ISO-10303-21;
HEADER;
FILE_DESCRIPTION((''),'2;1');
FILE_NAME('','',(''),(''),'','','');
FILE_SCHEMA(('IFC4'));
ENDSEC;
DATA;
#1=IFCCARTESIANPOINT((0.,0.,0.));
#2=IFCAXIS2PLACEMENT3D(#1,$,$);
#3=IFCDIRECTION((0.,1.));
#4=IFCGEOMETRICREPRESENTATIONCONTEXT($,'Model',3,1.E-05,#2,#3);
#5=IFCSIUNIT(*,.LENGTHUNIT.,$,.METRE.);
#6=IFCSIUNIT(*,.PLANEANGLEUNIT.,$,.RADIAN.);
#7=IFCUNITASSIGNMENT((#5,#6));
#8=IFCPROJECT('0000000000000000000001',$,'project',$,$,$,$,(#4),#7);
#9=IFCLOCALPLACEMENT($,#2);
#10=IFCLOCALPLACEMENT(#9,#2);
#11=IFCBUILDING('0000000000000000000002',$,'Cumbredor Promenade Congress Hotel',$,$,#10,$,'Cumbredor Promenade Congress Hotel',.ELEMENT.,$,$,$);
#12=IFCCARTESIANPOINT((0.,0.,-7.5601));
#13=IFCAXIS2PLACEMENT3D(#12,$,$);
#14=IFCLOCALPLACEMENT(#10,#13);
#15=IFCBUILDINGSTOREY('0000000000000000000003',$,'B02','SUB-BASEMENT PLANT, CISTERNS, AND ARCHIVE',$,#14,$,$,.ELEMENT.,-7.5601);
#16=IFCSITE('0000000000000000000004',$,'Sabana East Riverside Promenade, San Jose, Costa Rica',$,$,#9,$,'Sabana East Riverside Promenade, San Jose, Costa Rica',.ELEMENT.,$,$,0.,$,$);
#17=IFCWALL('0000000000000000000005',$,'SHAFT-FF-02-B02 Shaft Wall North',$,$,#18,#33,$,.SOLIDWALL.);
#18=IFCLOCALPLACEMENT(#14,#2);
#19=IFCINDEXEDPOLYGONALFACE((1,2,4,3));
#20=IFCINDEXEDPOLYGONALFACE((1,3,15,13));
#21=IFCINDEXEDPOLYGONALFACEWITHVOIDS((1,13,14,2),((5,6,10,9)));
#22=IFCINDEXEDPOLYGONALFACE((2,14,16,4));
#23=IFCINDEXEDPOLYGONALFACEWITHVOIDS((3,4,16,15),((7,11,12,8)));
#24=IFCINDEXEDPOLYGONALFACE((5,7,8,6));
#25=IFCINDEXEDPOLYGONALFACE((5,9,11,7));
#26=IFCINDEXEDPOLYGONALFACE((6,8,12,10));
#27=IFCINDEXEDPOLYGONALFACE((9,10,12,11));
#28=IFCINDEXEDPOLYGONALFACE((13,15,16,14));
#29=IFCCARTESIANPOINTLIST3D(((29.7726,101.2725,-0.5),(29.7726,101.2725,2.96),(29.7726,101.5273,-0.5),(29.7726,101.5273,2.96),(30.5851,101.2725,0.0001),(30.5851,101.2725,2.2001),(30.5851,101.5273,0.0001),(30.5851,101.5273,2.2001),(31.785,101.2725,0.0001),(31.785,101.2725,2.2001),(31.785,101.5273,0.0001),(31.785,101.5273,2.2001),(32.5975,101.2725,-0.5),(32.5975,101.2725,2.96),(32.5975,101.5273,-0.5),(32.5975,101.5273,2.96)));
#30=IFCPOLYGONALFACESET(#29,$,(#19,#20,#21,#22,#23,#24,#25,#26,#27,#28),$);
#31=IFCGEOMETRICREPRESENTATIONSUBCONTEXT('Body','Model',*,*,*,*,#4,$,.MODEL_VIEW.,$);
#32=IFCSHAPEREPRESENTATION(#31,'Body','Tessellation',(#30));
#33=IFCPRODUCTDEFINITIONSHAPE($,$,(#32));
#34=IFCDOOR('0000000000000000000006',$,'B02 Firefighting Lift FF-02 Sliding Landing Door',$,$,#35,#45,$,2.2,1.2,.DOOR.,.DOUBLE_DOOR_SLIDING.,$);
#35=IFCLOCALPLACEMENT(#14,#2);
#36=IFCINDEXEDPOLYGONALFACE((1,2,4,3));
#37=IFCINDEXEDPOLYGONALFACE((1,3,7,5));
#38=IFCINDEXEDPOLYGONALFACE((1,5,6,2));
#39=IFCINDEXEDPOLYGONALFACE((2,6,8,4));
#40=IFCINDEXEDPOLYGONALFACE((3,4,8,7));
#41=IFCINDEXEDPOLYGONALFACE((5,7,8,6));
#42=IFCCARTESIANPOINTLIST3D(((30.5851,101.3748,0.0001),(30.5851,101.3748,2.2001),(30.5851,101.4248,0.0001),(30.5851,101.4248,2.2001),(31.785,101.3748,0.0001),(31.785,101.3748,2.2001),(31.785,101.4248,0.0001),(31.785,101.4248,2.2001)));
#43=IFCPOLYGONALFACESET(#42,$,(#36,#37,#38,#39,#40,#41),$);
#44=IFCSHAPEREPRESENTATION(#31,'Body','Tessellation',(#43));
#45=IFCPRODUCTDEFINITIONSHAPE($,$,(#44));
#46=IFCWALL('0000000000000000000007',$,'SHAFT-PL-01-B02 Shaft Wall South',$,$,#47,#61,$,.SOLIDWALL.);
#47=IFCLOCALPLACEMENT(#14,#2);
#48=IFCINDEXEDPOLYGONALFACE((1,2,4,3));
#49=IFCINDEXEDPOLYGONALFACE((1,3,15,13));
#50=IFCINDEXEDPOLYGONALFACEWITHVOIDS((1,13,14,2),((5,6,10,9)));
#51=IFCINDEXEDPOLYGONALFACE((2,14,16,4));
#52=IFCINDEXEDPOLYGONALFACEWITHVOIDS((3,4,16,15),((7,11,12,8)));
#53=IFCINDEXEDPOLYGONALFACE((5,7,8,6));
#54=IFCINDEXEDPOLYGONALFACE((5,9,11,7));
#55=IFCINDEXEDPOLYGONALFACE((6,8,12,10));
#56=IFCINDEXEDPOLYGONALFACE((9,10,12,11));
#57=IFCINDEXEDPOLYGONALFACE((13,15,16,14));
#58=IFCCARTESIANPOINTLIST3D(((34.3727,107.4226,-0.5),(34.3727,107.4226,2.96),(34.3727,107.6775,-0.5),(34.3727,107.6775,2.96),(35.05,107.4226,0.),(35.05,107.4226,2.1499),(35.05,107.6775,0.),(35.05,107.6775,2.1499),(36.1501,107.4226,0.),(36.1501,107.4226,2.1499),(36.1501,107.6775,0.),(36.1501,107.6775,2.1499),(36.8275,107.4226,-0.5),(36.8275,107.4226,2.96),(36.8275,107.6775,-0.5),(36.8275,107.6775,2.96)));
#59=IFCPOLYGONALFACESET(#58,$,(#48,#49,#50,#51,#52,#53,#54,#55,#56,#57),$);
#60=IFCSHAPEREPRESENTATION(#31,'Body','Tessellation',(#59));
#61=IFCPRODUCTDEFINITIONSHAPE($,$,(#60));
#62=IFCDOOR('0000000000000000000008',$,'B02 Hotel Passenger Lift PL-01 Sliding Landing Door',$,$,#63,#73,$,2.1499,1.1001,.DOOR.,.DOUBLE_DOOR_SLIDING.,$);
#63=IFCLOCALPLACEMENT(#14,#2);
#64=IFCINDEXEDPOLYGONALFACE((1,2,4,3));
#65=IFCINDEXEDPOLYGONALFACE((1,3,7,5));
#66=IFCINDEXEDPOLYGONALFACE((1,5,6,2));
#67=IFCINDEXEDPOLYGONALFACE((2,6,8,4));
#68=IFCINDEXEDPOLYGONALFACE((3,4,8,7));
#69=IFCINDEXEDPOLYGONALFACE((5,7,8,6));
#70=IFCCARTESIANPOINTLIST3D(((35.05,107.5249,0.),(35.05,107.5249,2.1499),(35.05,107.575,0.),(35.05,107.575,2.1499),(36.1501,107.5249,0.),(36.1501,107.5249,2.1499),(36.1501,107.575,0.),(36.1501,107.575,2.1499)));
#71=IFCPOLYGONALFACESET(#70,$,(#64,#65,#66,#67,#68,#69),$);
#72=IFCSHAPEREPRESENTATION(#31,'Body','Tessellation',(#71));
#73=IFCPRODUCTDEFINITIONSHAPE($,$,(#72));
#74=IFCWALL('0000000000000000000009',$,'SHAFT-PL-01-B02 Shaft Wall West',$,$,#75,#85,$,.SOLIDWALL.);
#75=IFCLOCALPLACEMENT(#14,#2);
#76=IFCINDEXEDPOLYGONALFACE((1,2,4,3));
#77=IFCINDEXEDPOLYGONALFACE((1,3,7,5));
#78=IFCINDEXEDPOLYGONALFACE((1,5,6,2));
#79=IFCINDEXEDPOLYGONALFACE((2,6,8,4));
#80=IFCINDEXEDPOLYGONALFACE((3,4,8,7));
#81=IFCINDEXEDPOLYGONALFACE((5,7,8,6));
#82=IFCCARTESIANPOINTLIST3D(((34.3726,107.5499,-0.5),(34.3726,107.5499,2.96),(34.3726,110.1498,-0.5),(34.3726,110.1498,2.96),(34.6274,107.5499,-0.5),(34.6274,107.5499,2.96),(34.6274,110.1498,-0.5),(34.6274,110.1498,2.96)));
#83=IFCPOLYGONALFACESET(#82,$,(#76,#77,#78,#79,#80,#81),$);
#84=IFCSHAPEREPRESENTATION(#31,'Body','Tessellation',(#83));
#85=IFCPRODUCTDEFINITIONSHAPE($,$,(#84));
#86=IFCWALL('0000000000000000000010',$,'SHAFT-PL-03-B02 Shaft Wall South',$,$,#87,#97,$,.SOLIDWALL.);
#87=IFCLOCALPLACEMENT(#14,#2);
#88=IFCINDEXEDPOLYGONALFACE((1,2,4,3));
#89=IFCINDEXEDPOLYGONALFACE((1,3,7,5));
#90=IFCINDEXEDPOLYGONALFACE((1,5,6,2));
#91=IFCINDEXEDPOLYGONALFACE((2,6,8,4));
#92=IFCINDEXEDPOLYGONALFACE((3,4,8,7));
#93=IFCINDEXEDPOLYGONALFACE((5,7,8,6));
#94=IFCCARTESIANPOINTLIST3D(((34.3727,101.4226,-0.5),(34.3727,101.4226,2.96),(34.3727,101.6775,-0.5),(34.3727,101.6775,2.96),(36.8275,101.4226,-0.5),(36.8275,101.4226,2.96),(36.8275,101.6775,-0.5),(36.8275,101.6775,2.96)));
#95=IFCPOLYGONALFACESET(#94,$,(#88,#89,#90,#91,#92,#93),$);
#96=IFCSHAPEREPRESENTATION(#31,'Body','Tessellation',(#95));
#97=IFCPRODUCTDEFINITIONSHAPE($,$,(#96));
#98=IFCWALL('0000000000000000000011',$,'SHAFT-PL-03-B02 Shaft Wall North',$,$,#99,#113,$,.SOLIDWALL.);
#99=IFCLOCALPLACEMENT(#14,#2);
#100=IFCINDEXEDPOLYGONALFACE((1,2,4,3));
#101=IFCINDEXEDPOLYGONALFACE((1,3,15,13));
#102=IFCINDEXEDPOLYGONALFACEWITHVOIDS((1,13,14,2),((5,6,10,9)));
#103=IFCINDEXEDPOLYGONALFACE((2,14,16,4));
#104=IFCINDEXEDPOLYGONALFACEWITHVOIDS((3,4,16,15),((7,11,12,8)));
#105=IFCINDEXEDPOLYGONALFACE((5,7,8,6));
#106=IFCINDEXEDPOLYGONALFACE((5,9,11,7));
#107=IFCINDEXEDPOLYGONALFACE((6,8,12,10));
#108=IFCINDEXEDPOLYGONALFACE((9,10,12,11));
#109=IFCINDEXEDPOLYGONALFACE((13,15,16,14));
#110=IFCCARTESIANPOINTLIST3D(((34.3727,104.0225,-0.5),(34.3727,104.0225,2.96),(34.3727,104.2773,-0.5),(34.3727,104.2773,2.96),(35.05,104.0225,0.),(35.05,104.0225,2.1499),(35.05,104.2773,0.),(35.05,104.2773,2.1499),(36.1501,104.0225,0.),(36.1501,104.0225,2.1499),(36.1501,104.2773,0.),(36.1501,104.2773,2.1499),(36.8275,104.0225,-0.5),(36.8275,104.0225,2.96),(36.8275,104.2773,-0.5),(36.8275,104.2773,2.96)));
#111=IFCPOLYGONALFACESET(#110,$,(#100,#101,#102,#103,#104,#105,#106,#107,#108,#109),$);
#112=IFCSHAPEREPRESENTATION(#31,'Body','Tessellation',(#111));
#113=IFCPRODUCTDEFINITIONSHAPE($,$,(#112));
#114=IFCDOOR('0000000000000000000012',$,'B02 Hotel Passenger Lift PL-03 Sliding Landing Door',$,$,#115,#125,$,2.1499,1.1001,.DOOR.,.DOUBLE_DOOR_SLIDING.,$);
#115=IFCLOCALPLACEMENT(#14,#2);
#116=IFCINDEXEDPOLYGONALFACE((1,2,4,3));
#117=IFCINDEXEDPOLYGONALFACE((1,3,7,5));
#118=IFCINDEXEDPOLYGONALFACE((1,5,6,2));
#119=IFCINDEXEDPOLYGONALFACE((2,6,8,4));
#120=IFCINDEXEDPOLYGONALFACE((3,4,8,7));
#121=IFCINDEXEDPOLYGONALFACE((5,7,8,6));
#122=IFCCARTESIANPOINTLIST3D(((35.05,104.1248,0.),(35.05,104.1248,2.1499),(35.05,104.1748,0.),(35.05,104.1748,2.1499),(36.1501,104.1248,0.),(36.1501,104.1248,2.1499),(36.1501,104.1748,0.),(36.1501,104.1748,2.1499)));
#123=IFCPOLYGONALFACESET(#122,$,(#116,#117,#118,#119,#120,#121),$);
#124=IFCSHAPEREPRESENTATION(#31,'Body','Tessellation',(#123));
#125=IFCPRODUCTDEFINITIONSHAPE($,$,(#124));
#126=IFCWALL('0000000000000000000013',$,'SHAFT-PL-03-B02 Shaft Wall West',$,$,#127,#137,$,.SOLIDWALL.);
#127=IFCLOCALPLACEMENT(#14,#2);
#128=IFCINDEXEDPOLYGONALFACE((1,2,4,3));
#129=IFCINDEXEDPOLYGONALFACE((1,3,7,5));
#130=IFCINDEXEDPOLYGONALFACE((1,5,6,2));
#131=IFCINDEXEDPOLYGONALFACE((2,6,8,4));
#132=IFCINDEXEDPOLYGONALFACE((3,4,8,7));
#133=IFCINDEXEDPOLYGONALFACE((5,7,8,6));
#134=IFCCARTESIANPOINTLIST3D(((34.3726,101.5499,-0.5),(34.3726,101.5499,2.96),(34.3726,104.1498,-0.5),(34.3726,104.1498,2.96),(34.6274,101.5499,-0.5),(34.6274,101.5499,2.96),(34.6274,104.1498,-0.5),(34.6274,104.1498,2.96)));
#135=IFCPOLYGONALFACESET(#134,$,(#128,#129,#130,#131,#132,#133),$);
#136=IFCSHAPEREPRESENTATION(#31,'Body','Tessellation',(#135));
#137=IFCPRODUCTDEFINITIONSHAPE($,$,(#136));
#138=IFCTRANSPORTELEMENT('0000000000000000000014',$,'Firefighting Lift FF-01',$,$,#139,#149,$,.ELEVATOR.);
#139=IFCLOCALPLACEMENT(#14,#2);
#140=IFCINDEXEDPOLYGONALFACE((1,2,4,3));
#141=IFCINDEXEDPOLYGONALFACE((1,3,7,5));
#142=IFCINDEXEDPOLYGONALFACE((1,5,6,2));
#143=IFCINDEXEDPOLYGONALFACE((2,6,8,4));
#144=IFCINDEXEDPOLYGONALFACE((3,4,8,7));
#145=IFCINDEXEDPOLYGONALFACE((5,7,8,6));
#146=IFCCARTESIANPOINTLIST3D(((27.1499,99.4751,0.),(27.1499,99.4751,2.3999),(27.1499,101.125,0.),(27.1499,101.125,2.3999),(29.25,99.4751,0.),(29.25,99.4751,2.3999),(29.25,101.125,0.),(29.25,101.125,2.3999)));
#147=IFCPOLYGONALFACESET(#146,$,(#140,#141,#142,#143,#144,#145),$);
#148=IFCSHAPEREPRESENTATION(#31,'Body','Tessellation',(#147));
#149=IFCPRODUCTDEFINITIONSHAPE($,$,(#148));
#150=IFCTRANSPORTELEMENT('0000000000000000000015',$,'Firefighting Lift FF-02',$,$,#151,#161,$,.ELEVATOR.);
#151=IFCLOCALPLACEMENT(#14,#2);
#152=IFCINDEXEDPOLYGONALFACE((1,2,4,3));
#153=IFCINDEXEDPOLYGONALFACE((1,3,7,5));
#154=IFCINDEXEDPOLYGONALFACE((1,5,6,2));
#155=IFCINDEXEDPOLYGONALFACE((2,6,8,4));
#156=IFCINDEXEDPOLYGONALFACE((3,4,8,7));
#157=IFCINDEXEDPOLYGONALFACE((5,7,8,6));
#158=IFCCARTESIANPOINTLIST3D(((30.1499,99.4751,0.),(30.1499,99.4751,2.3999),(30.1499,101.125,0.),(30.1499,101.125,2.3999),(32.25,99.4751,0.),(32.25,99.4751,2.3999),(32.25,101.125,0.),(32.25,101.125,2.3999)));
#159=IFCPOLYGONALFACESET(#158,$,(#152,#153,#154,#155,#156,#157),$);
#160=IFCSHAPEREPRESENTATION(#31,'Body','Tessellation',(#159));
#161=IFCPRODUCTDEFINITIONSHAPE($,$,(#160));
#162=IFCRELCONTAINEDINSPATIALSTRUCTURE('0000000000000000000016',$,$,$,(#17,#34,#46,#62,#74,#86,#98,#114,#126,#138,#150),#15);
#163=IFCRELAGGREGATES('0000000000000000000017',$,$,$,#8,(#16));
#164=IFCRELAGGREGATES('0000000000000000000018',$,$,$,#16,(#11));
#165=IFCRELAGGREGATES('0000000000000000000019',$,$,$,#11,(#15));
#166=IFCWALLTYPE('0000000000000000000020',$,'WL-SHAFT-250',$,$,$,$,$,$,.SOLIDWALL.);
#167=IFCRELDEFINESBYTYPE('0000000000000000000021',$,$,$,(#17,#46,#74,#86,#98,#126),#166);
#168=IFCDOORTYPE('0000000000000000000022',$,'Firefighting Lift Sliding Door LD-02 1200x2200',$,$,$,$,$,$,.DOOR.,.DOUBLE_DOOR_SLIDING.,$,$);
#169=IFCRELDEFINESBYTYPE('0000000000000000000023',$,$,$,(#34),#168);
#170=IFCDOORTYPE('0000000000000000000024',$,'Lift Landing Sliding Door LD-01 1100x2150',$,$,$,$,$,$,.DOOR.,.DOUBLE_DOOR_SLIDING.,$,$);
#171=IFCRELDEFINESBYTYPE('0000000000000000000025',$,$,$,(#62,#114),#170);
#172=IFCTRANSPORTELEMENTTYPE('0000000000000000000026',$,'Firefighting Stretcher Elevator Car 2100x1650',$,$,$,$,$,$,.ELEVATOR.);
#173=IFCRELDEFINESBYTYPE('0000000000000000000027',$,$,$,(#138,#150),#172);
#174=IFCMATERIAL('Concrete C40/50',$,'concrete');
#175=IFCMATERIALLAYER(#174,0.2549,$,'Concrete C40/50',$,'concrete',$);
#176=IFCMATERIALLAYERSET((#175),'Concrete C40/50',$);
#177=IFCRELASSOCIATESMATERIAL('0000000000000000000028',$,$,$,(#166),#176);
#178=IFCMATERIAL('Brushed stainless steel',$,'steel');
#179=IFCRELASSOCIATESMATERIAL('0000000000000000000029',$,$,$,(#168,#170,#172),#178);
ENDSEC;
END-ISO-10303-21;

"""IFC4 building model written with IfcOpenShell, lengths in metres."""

from ifc_helpers import new_model, si_unit, direction, frame, frame_2d, origin, origin_2d, place, context, subcontext, project, spatial, rectangle, extrude, material, layer, layer_set, type_object, element, fill, save


model = new_model("IFC4")

# Units and contexts
model_context = context("Model", 3, precision=1e-05, world=origin(), true_north=direction((0.0, 1.0)))
body_context = subcontext(model_context, "Body", "Model", "MODEL_VIEW")
ifc_project = project(units=[si_unit("LENGTHUNIT", "METRE"), si_unit("PLANEANGLEUNIT", "RADIAN")], contexts=[model_context])

# Site, building, storey
site_placement = place(None, origin())
site = spatial("IfcSite", under=ifc_project, at=site_placement, Name="Sabana East Riverside Promenade, San Jose, Costa Rica", LongName="Sabana East Riverside Promenade, San Jose, Costa Rica", CompositionType="ELEMENT", RefElevation=0.0)
building_placement = place(site_placement, origin())
building = spatial("IfcBuilding", under=site, at=building_placement, Name="Cumbredor Promenade Congress Hotel", LongName="Cumbredor Promenade Congress Hotel", CompositionType="ELEMENT")
storey_placement = place(building_placement, frame((0.0, 0.0, -7.5601)))
storey = spatial("IfcBuildingStorey", under=building, at=storey_placement, Name="B02", Description="SUB-BASEMENT PLANT, CISTERNS, AND ARCHIVE", CompositionType="ELEMENT", Elevation=-7.5601)

# Shared definitions
ifc_material_1 = material(Name="Concrete C40/50", Category="concrete")

# Shared definitions
ifc_layer_1 = layer(ifc_material_1, 0.2549, Name="Concrete C40/50", Category="concrete")
ifc_layer_set_1 = layer_set([ifc_layer_1], Name="Concrete C40/50")
wall_type_1 = type_object("IfcWallType", Name="WL-SHAFT-250", PredefinedType="SOLIDWALL", material=ifc_layer_set_1)

# Walls, openings, doors
ifc_material_2 = material(Name="Brushed stainless steel", Category="steel")
door_type_1 = type_object("IfcDoorType", Name="Firefighting Lift Sliding Door LD-02 1200x2200", OperationType="DOUBLE_DOOR_SLIDING", PredefinedType="DOOR", material=ifc_material_2)
wall_1_placement = place(storey_placement, frame((29.7725, 101.3999, -0.5), z_axis=(0.0, 0.0, 1.0), x_axis=(1.0, 0.0, 0.0)))
wall_1 = element("IfcWall", 1, at=wall_1_placement, inside=storey, type_object=wall_type_1, Name="SHAFT-FF-02-B02 Shaft Wall North", PredefinedType="SOLIDWALL", context=body_context, shape_type="SweptSolid", body=[
    extrude(rectangle(XDim=2.825, YDim=0.2549, at=frame_2d((1.4126, 0.0))), origin(), (0.0, 0.0, 1.0), 3.46),
])
opening_1_placement = place(wall_1_placement, frame((0.8125, 0.0, 0.5)))
opening_1 = element("IfcOpeningElement", 2, at=opening_1_placement, cuts=wall_1, PredefinedType="OPENING", context=body_context, shape_type="SweptSolid", body=[
    extrude(rectangle(XDim=1.2, YDim=2.2, at=frame_2d((0.6001, 1.1001))), frame((0.0, 0.1375, 0.0), z_axis=(0.0, -1.0, 0.0), x_axis=(1.0, 0.0, 0.0)), (0.0, 0.0, 1.0), 0.2749),
])
door_1_placement = place(opening_1_placement, origin())
door_1 = element("IfcDoor", 3, at=door_1_placement, inside=storey, type_object=door_type_1, Name="B02 Firefighting Lift FF-02 Sliding Landing Door", OperationType="DOUBLE_DOOR_SLIDING", OverallHeight=2.2, OverallWidth=1.2, PredefinedType="DOOR", context=body_context, shape_type="SweptSolid", body=[
    extrude(rectangle(XDim=1.2, YDim=2.2, at=frame_2d((0.6001, 1.1001))), frame((0.0, 0.0249, 0.0), z_axis=(0.0, -1.0, 0.0), x_axis=(1.0, 0.0, 0.0)), (0.0, 0.0, 1.0), 0.05),
])
fill(opening_1, door_1)
wall_2_placement = place(storey_placement, frame((34.3726, 107.55, -0.5), z_axis=(0.0, 0.0, 1.0), x_axis=(1.0, 0.0, 0.0)))
wall_2 = element("IfcWall", 4, at=wall_2_placement, inside=storey, type_object=wall_type_1, Name="SHAFT-PL-01-B02 Shaft Wall South", PredefinedType="SOLIDWALL", context=body_context, shape_type="SweptSolid", body=[
    extrude(rectangle(XDim=2.4548, YDim=0.2549, at=frame_2d((1.2275, 0.0))), origin(), (0.0, 0.0, 1.0), 3.46),
])
opening_2_placement = place(wall_2_placement, frame((0.6775, 0.0, 0.5)))
opening_2 = element("IfcOpeningElement", 5, at=opening_2_placement, cuts=wall_2, PredefinedType="OPENING", context=body_context, shape_type="SweptSolid", body=[
    extrude(rectangle(XDim=1.1001, YDim=2.1499, at=frame_2d((0.55, 1.075))), frame((0.0, 0.1375, 0.0), z_axis=(0.0, -1.0, 0.0), x_axis=(1.0, 0.0, 0.0)), (0.0, 0.0, 1.0), 0.2749),
])
door_type_2 = type_object("IfcDoorType", Name="Lift Landing Sliding Door LD-01 1100x2150", OperationType="DOUBLE_DOOR_SLIDING", PredefinedType="DOOR", material=ifc_material_2)
door_2_placement = place(opening_2_placement, origin())
door_2 = element("IfcDoor", 6, at=door_2_placement, inside=storey, type_object=door_type_2, Name="B02 Hotel Passenger Lift PL-01 Sliding Landing Door", OperationType="DOUBLE_DOOR_SLIDING", OverallHeight=2.1499, OverallWidth=1.1001, PredefinedType="DOOR", context=body_context, shape_type="SweptSolid", body=[
    extrude(rectangle(XDim=1.1001, YDim=2.1499, at=frame_2d((0.55, 1.075))), frame((0.0, 0.0249, 0.0), z_axis=(0.0, -1.0, 0.0), x_axis=(1.0, 0.0, 0.0)), (0.0, 0.0, 1.0), 0.05),
])
fill(opening_2, door_2)

# Walls
wall_3_placement = place(storey_placement, frame((34.5, 107.55, -0.5), z_axis=(0.0, 0.0, 1.0), x_axis=(0.0, 1.0, 0.0)))
element("IfcWall", 7, at=wall_3_placement, inside=storey, type_object=wall_type_1, Name="SHAFT-PL-01-B02 Shaft Wall West", PredefinedType="SOLIDWALL", context=body_context, shape_type="SweptSolid", body=[
    extrude(rectangle(XDim=2.5999, YDim=0.2549, at=frame_2d((1.2998, 0.0))), origin(), (0.0, 0.0, 1.0), 3.46),
])
wall_4_placement = place(storey_placement, frame((34.3726, 101.55, -0.5), z_axis=(0.0, 0.0, 1.0), x_axis=(1.0, 0.0, 0.0)))
element("IfcWall", 8, at=wall_4_placement, inside=storey, type_object=wall_type_1, Name="SHAFT-PL-03-B02 Shaft Wall South", PredefinedType="SOLIDWALL", context=body_context, shape_type="SweptSolid", body=[
    extrude(rectangle(XDim=2.4548, YDim=0.2549, at=frame_2d((1.2275, 0.0))), origin(), (0.0, 0.0, 1.0), 3.46),
])

# Wall, opening, door
wall_5_placement = place(storey_placement, frame((34.3726, 104.1499, -0.5), z_axis=(0.0, 0.0, 1.0), x_axis=(1.0, 0.0, 0.0)))
wall_5 = element("IfcWall", 9, at=wall_5_placement, inside=storey, type_object=wall_type_1, Name="SHAFT-PL-03-B02 Shaft Wall North", PredefinedType="SOLIDWALL", context=body_context, shape_type="SweptSolid", body=[
    extrude(rectangle(XDim=2.4548, YDim=0.2549, at=frame_2d((1.2275, 0.0))), origin(), (0.0, 0.0, 1.0), 3.46),
])
opening_3_placement = place(wall_5_placement, frame((0.6775, 0.0, 0.5)))
opening_3 = element("IfcOpeningElement", 10, at=opening_3_placement, cuts=wall_5, PredefinedType="OPENING", context=body_context, shape_type="SweptSolid", body=[
    extrude(rectangle(XDim=1.1001, YDim=2.1499, at=frame_2d((0.55, 1.075))), frame((0.0, 0.1375, 0.0), z_axis=(0.0, -1.0, 0.0), x_axis=(1.0, 0.0, 0.0)), (0.0, 0.0, 1.0), 0.2749),
])
door_3_placement = place(opening_3_placement, origin())
door_3 = element("IfcDoor", 11, at=door_3_placement, inside=storey, type_object=door_type_2, Name="B02 Hotel Passenger Lift PL-03 Sliding Landing Door", OperationType="DOUBLE_DOOR_SLIDING", OverallHeight=2.1499, OverallWidth=1.1001, PredefinedType="DOOR", context=body_context, shape_type="SweptSolid", body=[
    extrude(rectangle(XDim=1.1001, YDim=2.1499, at=frame_2d((0.55, 1.075))), frame((0.0, 0.0249, 0.0), z_axis=(0.0, -1.0, 0.0), x_axis=(1.0, 0.0, 0.0)), (0.0, 0.0, 1.0), 0.05),
])
fill(opening_3, door_3)

# Wall
wall_6_placement = place(storey_placement, frame((34.5, 101.55, -0.5), z_axis=(0.0, 0.0, 1.0), x_axis=(0.0, 1.0, 0.0)))
element("IfcWall", 12, at=wall_6_placement, inside=storey, type_object=wall_type_1, Name="SHAFT-PL-03-B02 Shaft Wall West", PredefinedType="SOLIDWALL", context=body_context, shape_type="SweptSolid", body=[
    extrude(rectangle(XDim=2.5999, YDim=0.2549, at=frame_2d((1.2998, 0.0))), origin(), (0.0, 0.0, 1.0), 3.46),
])

# Transport elements
transport_element_type = type_object("IfcTransportElementType", Name="Firefighting Stretcher Elevator Car 2100x1650", PredefinedType="ELEVATOR", material=ifc_material_2)
for number, where, z_axis, x_axis, name in (
    (13, (28.2, 100.3, 0.0), (0.0, 0.0, 1.0), (1.0, 0.0, 0.0), "Firefighting Lift FF-01"),
    (14, (31.2, 100.3, 0.0), (0.0, 0.0, 1.0), (1.0, 0.0, 0.0), "Firefighting Lift FF-02"),
):
    element("IfcTransportElement", number, at=place(storey_placement, frame(where, z_axis=z_axis, x_axis=x_axis)), inside=storey, type_object=transport_element_type, Name=name, PredefinedType="ELEVATOR", context=body_context, shape_type="SweptSolid", body=[
        extrude(rectangle(XDim=2.1001, YDim=1.6499, at=origin_2d()), origin(), (0.0, 0.0, 1.0), 2.3999),
    ])

save(model, "model.ifc")
